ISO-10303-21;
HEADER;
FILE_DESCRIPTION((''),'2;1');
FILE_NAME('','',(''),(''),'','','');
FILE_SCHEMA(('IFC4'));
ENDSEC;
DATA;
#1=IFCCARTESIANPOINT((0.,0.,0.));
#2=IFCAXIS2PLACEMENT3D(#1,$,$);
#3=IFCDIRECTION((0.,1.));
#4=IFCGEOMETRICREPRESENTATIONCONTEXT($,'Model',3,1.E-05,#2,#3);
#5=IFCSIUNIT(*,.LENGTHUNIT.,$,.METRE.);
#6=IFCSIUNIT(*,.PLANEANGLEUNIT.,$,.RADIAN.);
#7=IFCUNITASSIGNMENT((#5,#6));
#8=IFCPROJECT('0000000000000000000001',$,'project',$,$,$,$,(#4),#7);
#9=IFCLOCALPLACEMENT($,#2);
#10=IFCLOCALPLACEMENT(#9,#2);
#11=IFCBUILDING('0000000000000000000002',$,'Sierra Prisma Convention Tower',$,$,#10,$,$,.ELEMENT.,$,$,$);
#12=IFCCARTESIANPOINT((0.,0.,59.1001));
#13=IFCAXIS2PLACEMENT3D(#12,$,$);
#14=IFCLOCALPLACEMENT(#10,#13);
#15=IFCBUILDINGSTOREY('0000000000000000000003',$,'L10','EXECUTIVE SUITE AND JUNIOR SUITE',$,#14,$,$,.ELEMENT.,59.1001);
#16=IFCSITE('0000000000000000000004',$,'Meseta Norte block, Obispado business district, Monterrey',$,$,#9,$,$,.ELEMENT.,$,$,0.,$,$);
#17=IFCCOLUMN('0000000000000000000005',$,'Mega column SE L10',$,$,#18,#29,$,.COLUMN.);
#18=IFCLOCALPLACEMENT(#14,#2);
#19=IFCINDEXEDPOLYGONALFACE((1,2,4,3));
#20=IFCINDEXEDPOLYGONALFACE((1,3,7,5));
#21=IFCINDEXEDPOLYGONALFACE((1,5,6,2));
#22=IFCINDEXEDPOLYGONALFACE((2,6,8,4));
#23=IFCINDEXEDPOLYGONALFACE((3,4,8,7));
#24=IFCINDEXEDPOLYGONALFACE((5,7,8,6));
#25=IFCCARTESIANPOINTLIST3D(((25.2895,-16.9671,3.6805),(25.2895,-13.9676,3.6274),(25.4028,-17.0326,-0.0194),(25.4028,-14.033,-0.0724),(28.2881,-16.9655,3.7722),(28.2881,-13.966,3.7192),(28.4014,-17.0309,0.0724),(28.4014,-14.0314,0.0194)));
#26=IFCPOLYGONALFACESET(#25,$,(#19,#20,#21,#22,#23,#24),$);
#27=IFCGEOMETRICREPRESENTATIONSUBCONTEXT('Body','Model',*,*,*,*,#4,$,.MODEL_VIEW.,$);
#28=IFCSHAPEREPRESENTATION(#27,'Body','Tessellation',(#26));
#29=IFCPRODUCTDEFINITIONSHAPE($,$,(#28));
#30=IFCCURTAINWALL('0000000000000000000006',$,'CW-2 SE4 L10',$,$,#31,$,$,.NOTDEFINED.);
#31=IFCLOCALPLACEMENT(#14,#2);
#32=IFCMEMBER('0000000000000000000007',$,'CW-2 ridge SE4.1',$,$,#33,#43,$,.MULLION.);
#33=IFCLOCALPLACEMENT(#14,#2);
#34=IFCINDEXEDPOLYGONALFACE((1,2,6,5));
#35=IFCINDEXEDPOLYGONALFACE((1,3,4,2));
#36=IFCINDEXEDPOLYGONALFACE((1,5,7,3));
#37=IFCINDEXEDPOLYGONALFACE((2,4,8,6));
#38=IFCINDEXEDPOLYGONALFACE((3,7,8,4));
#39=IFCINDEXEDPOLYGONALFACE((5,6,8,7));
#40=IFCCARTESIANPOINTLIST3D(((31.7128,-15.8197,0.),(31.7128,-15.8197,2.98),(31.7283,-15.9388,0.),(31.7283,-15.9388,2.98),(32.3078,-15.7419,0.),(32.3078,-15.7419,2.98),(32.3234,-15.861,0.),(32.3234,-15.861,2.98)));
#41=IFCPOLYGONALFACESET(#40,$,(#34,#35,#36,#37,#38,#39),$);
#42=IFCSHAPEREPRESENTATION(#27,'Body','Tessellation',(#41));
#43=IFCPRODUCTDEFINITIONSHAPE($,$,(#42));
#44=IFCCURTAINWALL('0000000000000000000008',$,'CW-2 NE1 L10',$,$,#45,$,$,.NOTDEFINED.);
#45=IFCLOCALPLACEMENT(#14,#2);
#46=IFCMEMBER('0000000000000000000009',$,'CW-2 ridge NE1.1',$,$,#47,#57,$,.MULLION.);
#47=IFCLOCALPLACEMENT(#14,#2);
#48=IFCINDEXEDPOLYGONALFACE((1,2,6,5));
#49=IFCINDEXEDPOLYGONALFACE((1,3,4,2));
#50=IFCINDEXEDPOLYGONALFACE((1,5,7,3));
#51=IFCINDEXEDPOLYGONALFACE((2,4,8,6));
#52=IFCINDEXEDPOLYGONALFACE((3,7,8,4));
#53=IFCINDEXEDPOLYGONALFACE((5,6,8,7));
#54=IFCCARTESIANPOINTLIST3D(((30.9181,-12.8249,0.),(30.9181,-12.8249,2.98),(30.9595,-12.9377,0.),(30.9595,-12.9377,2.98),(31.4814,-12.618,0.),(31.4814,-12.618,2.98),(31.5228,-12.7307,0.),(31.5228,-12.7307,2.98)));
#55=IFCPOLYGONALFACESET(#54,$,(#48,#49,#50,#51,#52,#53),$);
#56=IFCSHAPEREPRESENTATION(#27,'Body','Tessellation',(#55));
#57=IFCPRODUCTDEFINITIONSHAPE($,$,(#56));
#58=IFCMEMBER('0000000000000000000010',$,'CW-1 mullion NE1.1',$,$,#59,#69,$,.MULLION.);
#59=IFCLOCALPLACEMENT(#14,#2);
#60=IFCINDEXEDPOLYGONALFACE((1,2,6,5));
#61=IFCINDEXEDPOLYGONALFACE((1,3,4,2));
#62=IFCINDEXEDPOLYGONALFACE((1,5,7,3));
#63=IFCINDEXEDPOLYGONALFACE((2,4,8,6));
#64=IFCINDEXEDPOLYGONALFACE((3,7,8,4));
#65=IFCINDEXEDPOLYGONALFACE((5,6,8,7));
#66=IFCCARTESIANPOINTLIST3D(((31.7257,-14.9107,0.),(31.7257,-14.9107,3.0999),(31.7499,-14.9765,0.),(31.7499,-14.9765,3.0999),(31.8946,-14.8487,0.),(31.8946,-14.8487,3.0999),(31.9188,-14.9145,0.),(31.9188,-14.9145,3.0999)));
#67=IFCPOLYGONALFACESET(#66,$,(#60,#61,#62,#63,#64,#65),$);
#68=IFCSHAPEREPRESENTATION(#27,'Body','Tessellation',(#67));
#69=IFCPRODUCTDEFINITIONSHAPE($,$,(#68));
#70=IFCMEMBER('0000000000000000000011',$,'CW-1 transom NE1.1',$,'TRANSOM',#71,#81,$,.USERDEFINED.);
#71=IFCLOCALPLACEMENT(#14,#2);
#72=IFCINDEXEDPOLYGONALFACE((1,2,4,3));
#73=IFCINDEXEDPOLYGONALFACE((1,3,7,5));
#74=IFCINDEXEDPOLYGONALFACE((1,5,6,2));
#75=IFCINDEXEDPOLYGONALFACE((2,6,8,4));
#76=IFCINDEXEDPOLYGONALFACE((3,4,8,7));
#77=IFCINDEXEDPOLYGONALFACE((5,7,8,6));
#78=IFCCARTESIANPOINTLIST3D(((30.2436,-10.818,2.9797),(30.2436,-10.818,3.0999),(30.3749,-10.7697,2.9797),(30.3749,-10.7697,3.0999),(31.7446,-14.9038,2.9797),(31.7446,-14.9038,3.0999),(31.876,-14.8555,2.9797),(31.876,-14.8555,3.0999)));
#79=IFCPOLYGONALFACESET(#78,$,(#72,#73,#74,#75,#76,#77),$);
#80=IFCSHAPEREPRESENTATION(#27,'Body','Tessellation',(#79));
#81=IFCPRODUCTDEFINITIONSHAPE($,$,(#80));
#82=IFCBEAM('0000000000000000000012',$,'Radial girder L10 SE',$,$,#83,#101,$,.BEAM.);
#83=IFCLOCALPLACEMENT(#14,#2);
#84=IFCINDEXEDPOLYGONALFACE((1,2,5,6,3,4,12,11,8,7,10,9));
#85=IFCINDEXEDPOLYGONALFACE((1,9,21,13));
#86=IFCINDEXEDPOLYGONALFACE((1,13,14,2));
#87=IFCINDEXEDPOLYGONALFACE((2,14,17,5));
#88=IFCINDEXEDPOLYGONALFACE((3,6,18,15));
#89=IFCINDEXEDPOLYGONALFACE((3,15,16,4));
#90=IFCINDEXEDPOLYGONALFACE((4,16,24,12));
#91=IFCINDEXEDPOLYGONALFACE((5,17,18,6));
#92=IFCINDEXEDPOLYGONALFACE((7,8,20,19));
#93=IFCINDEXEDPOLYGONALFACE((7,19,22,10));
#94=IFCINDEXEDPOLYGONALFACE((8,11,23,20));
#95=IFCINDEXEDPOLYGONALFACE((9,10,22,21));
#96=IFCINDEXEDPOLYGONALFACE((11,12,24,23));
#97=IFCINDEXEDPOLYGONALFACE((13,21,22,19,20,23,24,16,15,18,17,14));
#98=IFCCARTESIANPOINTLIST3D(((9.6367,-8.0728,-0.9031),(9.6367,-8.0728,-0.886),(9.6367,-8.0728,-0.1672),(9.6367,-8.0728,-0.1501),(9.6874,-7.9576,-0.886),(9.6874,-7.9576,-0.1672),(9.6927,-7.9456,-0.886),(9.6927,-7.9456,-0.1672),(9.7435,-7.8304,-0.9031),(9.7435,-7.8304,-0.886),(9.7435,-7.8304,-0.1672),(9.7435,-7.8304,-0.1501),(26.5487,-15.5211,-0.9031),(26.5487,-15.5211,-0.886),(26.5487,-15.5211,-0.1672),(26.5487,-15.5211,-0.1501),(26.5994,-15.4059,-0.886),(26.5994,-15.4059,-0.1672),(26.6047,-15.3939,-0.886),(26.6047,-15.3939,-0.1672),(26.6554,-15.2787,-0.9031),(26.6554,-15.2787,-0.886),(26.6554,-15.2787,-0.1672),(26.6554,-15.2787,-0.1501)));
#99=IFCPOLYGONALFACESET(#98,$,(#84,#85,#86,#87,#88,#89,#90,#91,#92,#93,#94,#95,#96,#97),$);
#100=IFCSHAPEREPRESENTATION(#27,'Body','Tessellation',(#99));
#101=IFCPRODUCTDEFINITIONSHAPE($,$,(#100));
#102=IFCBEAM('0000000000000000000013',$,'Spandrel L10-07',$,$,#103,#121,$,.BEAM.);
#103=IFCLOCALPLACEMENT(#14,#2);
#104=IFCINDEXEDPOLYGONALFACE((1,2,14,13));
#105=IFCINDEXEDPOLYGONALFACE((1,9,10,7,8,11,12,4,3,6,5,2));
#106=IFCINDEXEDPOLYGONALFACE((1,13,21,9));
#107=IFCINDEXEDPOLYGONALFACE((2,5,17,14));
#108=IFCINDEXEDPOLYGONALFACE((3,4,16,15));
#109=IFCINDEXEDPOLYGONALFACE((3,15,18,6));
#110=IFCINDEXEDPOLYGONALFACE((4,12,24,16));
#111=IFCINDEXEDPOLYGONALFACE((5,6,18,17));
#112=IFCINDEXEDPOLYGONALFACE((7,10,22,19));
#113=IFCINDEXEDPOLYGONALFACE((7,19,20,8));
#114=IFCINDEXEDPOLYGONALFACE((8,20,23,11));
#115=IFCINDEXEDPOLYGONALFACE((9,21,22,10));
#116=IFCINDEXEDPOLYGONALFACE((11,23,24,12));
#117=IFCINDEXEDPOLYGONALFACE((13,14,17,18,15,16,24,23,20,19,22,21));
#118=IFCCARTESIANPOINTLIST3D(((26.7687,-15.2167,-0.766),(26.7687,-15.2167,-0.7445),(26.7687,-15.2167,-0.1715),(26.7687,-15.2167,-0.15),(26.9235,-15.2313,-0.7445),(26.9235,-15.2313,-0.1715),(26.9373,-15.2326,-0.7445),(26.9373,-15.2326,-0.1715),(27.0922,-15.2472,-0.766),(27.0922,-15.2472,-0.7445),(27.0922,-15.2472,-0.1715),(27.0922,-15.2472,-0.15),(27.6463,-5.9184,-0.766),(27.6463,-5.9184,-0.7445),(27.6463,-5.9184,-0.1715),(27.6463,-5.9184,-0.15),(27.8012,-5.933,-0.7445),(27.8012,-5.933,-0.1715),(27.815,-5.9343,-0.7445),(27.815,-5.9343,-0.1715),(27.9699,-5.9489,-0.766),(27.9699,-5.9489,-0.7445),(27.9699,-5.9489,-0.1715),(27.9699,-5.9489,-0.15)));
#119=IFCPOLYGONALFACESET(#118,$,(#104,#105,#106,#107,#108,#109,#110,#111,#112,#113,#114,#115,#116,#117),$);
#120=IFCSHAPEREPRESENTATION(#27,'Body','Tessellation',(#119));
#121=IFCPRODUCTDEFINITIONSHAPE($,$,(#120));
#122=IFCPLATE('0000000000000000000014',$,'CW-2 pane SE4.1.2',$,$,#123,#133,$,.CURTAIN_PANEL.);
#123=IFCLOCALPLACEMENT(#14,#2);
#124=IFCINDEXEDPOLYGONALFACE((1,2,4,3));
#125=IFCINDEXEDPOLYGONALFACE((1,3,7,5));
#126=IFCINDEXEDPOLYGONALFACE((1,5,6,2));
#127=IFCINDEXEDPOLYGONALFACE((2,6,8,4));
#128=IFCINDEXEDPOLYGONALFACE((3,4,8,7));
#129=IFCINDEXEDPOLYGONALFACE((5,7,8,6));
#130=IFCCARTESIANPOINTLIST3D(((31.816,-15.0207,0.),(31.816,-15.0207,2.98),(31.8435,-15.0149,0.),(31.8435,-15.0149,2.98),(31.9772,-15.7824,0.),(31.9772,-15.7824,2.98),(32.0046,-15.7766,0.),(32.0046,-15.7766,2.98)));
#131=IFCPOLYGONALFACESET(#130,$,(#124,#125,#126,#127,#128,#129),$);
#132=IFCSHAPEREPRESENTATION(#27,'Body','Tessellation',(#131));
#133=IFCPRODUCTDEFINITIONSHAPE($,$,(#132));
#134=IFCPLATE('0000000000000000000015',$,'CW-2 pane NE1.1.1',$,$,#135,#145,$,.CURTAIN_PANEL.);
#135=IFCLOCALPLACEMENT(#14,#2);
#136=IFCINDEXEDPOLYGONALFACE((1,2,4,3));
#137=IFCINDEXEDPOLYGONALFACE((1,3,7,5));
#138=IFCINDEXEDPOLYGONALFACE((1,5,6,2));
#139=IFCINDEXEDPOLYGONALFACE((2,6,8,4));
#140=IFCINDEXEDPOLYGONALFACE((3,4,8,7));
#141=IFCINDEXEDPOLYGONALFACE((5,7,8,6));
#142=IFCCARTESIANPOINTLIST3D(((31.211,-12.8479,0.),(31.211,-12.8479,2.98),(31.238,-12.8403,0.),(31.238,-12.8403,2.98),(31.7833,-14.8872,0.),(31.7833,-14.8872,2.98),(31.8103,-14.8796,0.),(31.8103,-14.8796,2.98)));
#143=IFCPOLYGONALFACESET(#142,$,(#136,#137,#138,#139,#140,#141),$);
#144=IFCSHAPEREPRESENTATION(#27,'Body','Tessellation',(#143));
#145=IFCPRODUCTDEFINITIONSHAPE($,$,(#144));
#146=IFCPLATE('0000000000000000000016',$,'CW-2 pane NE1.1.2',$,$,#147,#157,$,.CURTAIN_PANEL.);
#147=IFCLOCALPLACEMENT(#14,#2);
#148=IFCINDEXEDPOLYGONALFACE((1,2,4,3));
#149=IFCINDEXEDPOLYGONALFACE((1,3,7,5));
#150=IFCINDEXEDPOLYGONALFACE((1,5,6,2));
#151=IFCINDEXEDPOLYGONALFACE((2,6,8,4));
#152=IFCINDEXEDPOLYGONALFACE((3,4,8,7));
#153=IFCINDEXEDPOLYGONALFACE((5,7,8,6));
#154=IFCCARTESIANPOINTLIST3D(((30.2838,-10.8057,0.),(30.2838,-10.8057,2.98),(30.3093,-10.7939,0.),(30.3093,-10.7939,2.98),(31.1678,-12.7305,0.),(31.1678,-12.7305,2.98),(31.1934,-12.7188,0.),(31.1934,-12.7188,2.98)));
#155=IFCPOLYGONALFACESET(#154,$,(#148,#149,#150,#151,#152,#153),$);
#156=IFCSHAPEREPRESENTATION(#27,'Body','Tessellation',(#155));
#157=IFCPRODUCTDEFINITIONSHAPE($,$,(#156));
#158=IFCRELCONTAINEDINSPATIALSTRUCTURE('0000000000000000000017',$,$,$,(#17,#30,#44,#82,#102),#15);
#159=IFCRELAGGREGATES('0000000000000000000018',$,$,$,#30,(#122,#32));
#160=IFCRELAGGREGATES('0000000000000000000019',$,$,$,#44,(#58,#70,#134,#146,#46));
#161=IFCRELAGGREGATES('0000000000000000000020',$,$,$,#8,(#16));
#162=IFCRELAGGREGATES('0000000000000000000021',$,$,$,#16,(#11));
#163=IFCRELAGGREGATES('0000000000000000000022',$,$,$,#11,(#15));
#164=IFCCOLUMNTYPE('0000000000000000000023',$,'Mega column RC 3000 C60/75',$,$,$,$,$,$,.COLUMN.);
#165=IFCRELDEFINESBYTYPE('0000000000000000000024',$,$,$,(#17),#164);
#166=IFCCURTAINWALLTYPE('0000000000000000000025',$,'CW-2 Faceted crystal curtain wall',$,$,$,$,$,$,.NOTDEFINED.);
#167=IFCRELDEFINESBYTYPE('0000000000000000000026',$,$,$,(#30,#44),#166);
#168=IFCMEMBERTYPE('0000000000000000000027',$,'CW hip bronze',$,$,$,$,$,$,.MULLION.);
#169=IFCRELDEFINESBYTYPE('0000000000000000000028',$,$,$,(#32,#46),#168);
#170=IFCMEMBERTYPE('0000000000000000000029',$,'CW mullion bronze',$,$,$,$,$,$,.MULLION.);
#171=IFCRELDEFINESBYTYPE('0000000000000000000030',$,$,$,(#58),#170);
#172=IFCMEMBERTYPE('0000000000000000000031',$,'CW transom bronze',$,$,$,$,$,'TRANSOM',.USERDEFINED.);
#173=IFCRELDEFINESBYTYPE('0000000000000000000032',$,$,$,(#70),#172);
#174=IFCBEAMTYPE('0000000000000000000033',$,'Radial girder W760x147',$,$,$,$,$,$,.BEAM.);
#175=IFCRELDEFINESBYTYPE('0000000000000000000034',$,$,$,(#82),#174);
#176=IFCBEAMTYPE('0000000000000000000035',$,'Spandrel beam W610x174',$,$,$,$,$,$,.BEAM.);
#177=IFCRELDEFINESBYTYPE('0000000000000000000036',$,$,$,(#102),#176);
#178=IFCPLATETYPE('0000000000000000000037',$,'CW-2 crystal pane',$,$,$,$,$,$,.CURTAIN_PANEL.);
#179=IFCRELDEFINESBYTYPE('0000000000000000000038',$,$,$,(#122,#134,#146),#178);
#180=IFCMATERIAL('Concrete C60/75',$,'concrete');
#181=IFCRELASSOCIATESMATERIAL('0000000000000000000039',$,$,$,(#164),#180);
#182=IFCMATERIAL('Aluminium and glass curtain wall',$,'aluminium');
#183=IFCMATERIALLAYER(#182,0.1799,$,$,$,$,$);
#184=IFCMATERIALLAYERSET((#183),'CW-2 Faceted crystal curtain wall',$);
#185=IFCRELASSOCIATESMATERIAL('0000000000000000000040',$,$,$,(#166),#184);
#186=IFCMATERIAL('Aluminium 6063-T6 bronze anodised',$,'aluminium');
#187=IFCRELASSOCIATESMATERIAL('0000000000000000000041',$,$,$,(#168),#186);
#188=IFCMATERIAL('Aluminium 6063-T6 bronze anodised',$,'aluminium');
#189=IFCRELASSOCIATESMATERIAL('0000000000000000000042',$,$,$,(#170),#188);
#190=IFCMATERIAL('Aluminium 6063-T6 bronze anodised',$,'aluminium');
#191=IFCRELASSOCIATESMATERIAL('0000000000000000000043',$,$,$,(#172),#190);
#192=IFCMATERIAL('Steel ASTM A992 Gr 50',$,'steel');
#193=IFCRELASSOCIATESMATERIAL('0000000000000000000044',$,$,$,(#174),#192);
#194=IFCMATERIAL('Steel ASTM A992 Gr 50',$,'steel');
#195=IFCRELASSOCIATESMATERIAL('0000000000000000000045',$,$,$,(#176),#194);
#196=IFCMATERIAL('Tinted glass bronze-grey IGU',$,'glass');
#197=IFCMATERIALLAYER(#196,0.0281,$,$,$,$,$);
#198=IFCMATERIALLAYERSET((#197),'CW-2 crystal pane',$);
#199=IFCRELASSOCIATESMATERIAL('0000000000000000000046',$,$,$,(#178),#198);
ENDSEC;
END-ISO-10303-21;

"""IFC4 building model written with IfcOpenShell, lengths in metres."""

from ifc_helpers import new_model, si_unit, direction, frame, origin, origin_2d, place, context, subcontext, project, spatial, polyline, rectangle, i_section, outline, extrude, material, layer, layer_set, material_profile, profile_set, type_object, element, aggregate, save


model = new_model("IFC4")

# Units and contexts
model_context = context("Model", 3, precision=1e-05, world=origin(), true_north=direction((0.0, 1.0)))
body_context = subcontext(model_context, "Body", "Model", "MODEL_VIEW")
ifc_project = project(units=[si_unit("LENGTHUNIT", "METRE"), si_unit("PLANEANGLEUNIT", "RADIAN")], contexts=[model_context])

# Site, building, storey
site_placement = place(None, origin())
site = spatial("IfcSite", under=ifc_project, at=site_placement, Name="Meseta Norte block, Obispado business district, Monterrey", CompositionType="ELEMENT", RefElevation=0.0)
building_placement = place(site_placement, origin())
building = spatial("IfcBuilding", under=site, at=building_placement, Name="Sierra Prisma Convention Tower", CompositionType="ELEMENT")
storey_placement = place(building_placement, frame((0.0, 0.0, 59.1001)))
storey = spatial("IfcBuildingStorey", under=building, at=storey_placement, Name="L10", Description="EXECUTIVE SUITE AND JUNIOR SUITE", CompositionType="ELEMENT", Elevation=59.1001)

# Column
ifc_material_1 = material(Name="Concrete C60/75", Category="concrete")
ifc_material_profile_1 = material_profile(ifc_material_1, rectangle(XDim=3.0, YDim=3.0, at=origin_2d()), Name="Mega column RC 3000 C60/75")
ifc_profile_set_1 = profile_set([ifc_material_profile_1], Name="Concrete C60/75")
column_type = type_object("IfcColumnType", Name="Mega column RC 3000 C60/75", PredefinedType="COLUMN", material=ifc_profile_set_1)
column_placement = place(storey_placement, frame((26.9021, -15.532, 0.0), z_axis=(-0.030598, 0.017673, 0.999376), x_axis=(0.999532, 0.000541, 0.030593)))
element("IfcColumn", 1, at=column_placement, inside=storey, type_object=column_type, Name="Mega column SE L10", PredefinedType="COLUMN", context=body_context, shape_type="SweptSolid", body=[
    extrude(rectangle(XDim=3.0, YDim=3.0, at=origin_2d()), origin(), (0.0, 0.0, 1.0), 3.7021),
])

# Curtain wall, member
ifc_material_2 = material(Name="Aluminium and glass curtain wall", Category="aluminium")
ifc_layer_1 = layer(ifc_material_2, 0.1799)
ifc_layer_set_1 = layer_set([ifc_layer_1], Name="CW-2 Faceted crystal curtain wall")
curtain_wall_type = type_object("IfcCurtainWallType", Name="CW-2 Faceted crystal curtain wall", PredefinedType="NOTDEFINED", material=ifc_layer_set_1)
curtain_wall_1_placement = place(storey_placement, origin())
curtain_wall_1 = element("IfcCurtainWall", 2, at=curtain_wall_1_placement, inside=storey, type_object=curtain_wall_type, Name="CW-2 SE4 L10", PredefinedType="NOTDEFINED")
ifc_material_3 = material(Name="Aluminium 6063-T6 bronze anodised", Category="aluminium")
ifc_material_profile_2 = material_profile(ifc_material_3, rectangle(XDim=0.1201, YDim=0.6001, at=origin_2d()), Name="ALU RIDGE BLADE 120x600")
ifc_profile_set_2 = profile_set([ifc_material_profile_2], Name="Aluminium 6063-T6 bronze anodised")
member_type_1 = type_object("IfcMemberType", Name="CW hip bronze", PredefinedType="MULLION", material=ifc_profile_set_2)
member_1_placement = place(storey_placement, frame((32.0181, -15.8403, 0.0), z_axis=(0.0, 0.0, 1.0), x_axis=(-0.129693, 0.991554, 0.0)))
member_1 = element("IfcMember", 3, at=member_1_placement, type_object=member_type_1, Name="CW-2 ridge SE4.1", PredefinedType="MULLION", context=body_context, shape_type="SweptSolid", body=[
    extrude(rectangle(XDim=0.1201, YDim=0.6001, at=origin_2d()), origin(), (0.0, 0.0, 1.0), 2.98),
])

# Curtain wall, members
curtain_wall_2_placement = place(storey_placement, origin())
curtain_wall_2 = element("IfcCurtainWall", 4, at=curtain_wall_2_placement, inside=storey, type_object=curtain_wall_type, Name="CW-2 NE1 L10", PredefinedType="NOTDEFINED")
member_2_placement = place(storey_placement, frame((31.2205, -12.7778, 0.0), z_axis=(0.0, 0.0, 1.0), x_axis=(-0.344826, 0.938667, 0.0)))
member_2 = element("IfcMember", 5, at=member_2_placement, type_object=member_type_1, Name="CW-2 ridge NE1.1", PredefinedType="MULLION", context=body_context, shape_type="SweptSolid", body=[
    extrude(rectangle(XDim=0.1201, YDim=0.6001, at=origin_2d()), origin(), (0.0, 0.0, 1.0), 2.98),
])
ifc_material_4 = material(Name="Aluminium 6063-T6 bronze anodised", Category="aluminium")
ifc_material_profile_3 = material_profile(ifc_material_4, rectangle(XDim=0.1799, YDim=0.0701, at=origin_2d()), Name="ALU MULLION 70x180")
ifc_profile_set_3 = profile_set([ifc_material_profile_3], Name="Aluminium 6063-T6 bronze anodised")
member_type_2 = type_object("IfcMemberType", Name="CW mullion bronze", PredefinedType="MULLION", material=ifc_profile_set_3)
member_3_placement = place(storey_placement, frame((31.8223, -14.9126, 0.0), z_axis=(0.0, 0.0, 1.0), x_axis=(-0.938667, -0.344826, 0.0)))
member_3 = element("IfcMember", 6, at=member_3_placement, type_object=member_type_2, Name="CW-1 mullion NE1.1", PredefinedType="MULLION", context=body_context, shape_type="SweptSolid", body=[
    extrude(rectangle(XDim=0.1799, YDim=0.0701, at=origin_2d()), origin(), (0.0, 0.0, 1.0), 3.0999),
])
ifc_material_5 = material(Name="Aluminium 6063-T6 bronze anodised", Category="aluminium")
ifc_material_profile_4 = material_profile(ifc_material_5, rectangle(XDim=0.1399, YDim=0.1201, at=origin_2d()), Name="ALU TRANSOM 120x140")
ifc_profile_set_4 = profile_set([ifc_material_profile_4], Name="Aluminium 6063-T6 bronze anodised")
member_type_3 = type_object("IfcMemberType", Name="CW transom bronze", ElementType="TRANSOM", PredefinedType="USERDEFINED", material=ifc_profile_set_4)
member_4_placement = place(storey_placement, frame((31.8103, -14.8796, 3.0398), z_axis=(-0.34484, 0.938662, 0.0), x_axis=(-0.938662, -0.34484, 0.0)))
member_4 = element("IfcMember", 7, at=member_4_placement, type_object=member_type_3, Name="CW-1 transom NE1.1", ObjectType="TRANSOM", PredefinedType="USERDEFINED", context=body_context, shape_type="SweptSolid", body=[
    extrude(rectangle(XDim=0.1399, YDim=0.1201, at=origin_2d()), origin(), (0.0, 0.0, 1.0), 4.3528),
])

# Beams
ifc_material_6 = material(Name="Steel ASTM A992 Gr 50", Category="steel")
ifc_material_profile_5 = material_profile(ifc_material_6, i_section(OverallWidth=0.2649, OverallDepth=0.7529, WebThickness=0.0132, FlangeThickness=0.0171, at=origin_2d()), Name="W760x147")
ifc_profile_set_5 = profile_set([ifc_material_profile_5], Name="Steel ASTM A992 Gr 50")
beam_type_1 = type_object("IfcBeamType", Name="Radial girder W760x147", PredefinedType="BEAM", material=ifc_profile_set_5)
beam_1_placement = place(storey_placement, frame((26.6021, -15.3999, -0.5266), z_axis=(-0.915175, 0.403057, 0.0), x_axis=(-0.403057, -0.915175, 0.0)))
element("IfcBeam", 8, at=beam_1_placement, inside=storey, type_object=beam_type_1, Name="Radial girder L10 SE", PredefinedType="BEAM", context=body_context, shape_type="SweptSolid", body=[
    extrude(i_section(OverallWidth=0.2649, OverallDepth=0.7529, WebThickness=0.0132, FlangeThickness=0.0171, at=origin_2d()), origin(), (0.0, 0.0, 1.0), 18.4795),
])
ifc_material_7 = material(Name="Steel ASTM A992 Gr 50", Category="steel")
ifc_material_profile_6 = material_profile(ifc_material_7, i_section(OverallWidth=0.325, OverallDepth=0.616, WebThickness=0.0139, FlangeThickness=0.0215, at=origin_2d()), Name="W610x174")
ifc_profile_set_6 = profile_set([ifc_material_profile_6], Name="Steel ASTM A992 Gr 50")
beam_type_2 = type_object("IfcBeamType", Name="Spandrel beam W610x174", PredefinedType="BEAM", material=ifc_profile_set_6)
beam_2_placement = place(storey_placement, frame((26.9304, -15.2319, -0.458), z_axis=(0.093974, 0.995575, 0.0), x_axis=(-0.995575, 0.093974, 0.0)))
element("IfcBeam", 9, at=beam_2_placement, inside=storey, type_object=beam_type_2, Name="Spandrel L10-07", PredefinedType="BEAM", context=body_context, shape_type="SweptSolid", body=[
    extrude(i_section(OverallWidth=0.325, OverallDepth=0.616, WebThickness=0.0139, FlangeThickness=0.0215, at=origin_2d()), origin(), (0.0, 0.0, 1.0), 9.3396),
])

# Plates
ifc_material_8 = material(Name="Tinted glass bronze-grey IGU", Category="glass")
ifc_layer_2 = layer(ifc_material_8, 0.0281)
ifc_layer_set_2 = layer_set([ifc_layer_2], Name="CW-2 crystal pane")
plate_type = type_object("IfcPlateType", Name="CW-2 crystal pane", PredefinedType="CURTAIN_PANEL", material=ifc_layer_set_2)
plate_1_placement = place(storey_placement, frame((31.8435, -15.0149, 0.0), z_axis=(0.97835, 0.206959, 0.0), x_axis=(0.206959, -0.97835, 0.0)))
plate_1 = element("IfcPlate", 10, at=plate_1_placement, type_object=plate_type, Name="CW-2 pane SE4.1.2", PredefinedType="CURTAIN_PANEL", context=body_context, shape_type="SweptSolid", body=[
    extrude(outline(polyline([(0.0, 0.0), (0.7786, 0.0), (0.7786, -2.98), (0.0, -2.98), (0.0, 0.0)])), origin(), (0.0, 0.0, -1.0), 0.0281),
])
aggregate(curtain_wall_1, [plate_1, member_1])
plate_2_placement = place(storey_placement, frame((31.8103, -14.8796, 0.0), z_axis=(0.962809, 0.270181, 0.0), x_axis=(-0.270181, 0.962809, 0.0)))
plate_2 = element("IfcPlate", 11, at=plate_2_placement, type_object=plate_type, Name="CW-2 pane NE1.1.1", PredefinedType="CURTAIN_PANEL", context=body_context, shape_type="SweptSolid", body=[
    extrude(outline(polyline([(0.0, 0.0), (2.1181, 0.0), (2.1181, 2.98), (0.0, 2.98), (0.0, 0.0)])), origin(), (0.0, 0.0, -1.0), 0.0281),
])
plate_3_placement = place(storey_placement, frame((30.3093, -10.7939, 0.0), z_axis=(0.908737, 0.417369, 0.0), x_axis=(0.417369, -0.908737, 0.0)))
plate_3 = element("IfcPlate", 12, at=plate_3_placement, type_object=plate_type, Name="CW-2 pane NE1.1.2", PredefinedType="CURTAIN_PANEL", context=body_context, shape_type="SweptSolid", body=[
    extrude(outline(polyline([(0.0, 0.0), (2.1181, 0.0), (2.1181, -2.98), (0.0, -2.98), (0.0, 0.0)])), origin(), (0.0, 0.0, -1.0), 0.0281),
])
aggregate(curtain_wall_2, [member_3, member_4, plate_2, plate_3, member_2])

save(model, "model.ifc")
